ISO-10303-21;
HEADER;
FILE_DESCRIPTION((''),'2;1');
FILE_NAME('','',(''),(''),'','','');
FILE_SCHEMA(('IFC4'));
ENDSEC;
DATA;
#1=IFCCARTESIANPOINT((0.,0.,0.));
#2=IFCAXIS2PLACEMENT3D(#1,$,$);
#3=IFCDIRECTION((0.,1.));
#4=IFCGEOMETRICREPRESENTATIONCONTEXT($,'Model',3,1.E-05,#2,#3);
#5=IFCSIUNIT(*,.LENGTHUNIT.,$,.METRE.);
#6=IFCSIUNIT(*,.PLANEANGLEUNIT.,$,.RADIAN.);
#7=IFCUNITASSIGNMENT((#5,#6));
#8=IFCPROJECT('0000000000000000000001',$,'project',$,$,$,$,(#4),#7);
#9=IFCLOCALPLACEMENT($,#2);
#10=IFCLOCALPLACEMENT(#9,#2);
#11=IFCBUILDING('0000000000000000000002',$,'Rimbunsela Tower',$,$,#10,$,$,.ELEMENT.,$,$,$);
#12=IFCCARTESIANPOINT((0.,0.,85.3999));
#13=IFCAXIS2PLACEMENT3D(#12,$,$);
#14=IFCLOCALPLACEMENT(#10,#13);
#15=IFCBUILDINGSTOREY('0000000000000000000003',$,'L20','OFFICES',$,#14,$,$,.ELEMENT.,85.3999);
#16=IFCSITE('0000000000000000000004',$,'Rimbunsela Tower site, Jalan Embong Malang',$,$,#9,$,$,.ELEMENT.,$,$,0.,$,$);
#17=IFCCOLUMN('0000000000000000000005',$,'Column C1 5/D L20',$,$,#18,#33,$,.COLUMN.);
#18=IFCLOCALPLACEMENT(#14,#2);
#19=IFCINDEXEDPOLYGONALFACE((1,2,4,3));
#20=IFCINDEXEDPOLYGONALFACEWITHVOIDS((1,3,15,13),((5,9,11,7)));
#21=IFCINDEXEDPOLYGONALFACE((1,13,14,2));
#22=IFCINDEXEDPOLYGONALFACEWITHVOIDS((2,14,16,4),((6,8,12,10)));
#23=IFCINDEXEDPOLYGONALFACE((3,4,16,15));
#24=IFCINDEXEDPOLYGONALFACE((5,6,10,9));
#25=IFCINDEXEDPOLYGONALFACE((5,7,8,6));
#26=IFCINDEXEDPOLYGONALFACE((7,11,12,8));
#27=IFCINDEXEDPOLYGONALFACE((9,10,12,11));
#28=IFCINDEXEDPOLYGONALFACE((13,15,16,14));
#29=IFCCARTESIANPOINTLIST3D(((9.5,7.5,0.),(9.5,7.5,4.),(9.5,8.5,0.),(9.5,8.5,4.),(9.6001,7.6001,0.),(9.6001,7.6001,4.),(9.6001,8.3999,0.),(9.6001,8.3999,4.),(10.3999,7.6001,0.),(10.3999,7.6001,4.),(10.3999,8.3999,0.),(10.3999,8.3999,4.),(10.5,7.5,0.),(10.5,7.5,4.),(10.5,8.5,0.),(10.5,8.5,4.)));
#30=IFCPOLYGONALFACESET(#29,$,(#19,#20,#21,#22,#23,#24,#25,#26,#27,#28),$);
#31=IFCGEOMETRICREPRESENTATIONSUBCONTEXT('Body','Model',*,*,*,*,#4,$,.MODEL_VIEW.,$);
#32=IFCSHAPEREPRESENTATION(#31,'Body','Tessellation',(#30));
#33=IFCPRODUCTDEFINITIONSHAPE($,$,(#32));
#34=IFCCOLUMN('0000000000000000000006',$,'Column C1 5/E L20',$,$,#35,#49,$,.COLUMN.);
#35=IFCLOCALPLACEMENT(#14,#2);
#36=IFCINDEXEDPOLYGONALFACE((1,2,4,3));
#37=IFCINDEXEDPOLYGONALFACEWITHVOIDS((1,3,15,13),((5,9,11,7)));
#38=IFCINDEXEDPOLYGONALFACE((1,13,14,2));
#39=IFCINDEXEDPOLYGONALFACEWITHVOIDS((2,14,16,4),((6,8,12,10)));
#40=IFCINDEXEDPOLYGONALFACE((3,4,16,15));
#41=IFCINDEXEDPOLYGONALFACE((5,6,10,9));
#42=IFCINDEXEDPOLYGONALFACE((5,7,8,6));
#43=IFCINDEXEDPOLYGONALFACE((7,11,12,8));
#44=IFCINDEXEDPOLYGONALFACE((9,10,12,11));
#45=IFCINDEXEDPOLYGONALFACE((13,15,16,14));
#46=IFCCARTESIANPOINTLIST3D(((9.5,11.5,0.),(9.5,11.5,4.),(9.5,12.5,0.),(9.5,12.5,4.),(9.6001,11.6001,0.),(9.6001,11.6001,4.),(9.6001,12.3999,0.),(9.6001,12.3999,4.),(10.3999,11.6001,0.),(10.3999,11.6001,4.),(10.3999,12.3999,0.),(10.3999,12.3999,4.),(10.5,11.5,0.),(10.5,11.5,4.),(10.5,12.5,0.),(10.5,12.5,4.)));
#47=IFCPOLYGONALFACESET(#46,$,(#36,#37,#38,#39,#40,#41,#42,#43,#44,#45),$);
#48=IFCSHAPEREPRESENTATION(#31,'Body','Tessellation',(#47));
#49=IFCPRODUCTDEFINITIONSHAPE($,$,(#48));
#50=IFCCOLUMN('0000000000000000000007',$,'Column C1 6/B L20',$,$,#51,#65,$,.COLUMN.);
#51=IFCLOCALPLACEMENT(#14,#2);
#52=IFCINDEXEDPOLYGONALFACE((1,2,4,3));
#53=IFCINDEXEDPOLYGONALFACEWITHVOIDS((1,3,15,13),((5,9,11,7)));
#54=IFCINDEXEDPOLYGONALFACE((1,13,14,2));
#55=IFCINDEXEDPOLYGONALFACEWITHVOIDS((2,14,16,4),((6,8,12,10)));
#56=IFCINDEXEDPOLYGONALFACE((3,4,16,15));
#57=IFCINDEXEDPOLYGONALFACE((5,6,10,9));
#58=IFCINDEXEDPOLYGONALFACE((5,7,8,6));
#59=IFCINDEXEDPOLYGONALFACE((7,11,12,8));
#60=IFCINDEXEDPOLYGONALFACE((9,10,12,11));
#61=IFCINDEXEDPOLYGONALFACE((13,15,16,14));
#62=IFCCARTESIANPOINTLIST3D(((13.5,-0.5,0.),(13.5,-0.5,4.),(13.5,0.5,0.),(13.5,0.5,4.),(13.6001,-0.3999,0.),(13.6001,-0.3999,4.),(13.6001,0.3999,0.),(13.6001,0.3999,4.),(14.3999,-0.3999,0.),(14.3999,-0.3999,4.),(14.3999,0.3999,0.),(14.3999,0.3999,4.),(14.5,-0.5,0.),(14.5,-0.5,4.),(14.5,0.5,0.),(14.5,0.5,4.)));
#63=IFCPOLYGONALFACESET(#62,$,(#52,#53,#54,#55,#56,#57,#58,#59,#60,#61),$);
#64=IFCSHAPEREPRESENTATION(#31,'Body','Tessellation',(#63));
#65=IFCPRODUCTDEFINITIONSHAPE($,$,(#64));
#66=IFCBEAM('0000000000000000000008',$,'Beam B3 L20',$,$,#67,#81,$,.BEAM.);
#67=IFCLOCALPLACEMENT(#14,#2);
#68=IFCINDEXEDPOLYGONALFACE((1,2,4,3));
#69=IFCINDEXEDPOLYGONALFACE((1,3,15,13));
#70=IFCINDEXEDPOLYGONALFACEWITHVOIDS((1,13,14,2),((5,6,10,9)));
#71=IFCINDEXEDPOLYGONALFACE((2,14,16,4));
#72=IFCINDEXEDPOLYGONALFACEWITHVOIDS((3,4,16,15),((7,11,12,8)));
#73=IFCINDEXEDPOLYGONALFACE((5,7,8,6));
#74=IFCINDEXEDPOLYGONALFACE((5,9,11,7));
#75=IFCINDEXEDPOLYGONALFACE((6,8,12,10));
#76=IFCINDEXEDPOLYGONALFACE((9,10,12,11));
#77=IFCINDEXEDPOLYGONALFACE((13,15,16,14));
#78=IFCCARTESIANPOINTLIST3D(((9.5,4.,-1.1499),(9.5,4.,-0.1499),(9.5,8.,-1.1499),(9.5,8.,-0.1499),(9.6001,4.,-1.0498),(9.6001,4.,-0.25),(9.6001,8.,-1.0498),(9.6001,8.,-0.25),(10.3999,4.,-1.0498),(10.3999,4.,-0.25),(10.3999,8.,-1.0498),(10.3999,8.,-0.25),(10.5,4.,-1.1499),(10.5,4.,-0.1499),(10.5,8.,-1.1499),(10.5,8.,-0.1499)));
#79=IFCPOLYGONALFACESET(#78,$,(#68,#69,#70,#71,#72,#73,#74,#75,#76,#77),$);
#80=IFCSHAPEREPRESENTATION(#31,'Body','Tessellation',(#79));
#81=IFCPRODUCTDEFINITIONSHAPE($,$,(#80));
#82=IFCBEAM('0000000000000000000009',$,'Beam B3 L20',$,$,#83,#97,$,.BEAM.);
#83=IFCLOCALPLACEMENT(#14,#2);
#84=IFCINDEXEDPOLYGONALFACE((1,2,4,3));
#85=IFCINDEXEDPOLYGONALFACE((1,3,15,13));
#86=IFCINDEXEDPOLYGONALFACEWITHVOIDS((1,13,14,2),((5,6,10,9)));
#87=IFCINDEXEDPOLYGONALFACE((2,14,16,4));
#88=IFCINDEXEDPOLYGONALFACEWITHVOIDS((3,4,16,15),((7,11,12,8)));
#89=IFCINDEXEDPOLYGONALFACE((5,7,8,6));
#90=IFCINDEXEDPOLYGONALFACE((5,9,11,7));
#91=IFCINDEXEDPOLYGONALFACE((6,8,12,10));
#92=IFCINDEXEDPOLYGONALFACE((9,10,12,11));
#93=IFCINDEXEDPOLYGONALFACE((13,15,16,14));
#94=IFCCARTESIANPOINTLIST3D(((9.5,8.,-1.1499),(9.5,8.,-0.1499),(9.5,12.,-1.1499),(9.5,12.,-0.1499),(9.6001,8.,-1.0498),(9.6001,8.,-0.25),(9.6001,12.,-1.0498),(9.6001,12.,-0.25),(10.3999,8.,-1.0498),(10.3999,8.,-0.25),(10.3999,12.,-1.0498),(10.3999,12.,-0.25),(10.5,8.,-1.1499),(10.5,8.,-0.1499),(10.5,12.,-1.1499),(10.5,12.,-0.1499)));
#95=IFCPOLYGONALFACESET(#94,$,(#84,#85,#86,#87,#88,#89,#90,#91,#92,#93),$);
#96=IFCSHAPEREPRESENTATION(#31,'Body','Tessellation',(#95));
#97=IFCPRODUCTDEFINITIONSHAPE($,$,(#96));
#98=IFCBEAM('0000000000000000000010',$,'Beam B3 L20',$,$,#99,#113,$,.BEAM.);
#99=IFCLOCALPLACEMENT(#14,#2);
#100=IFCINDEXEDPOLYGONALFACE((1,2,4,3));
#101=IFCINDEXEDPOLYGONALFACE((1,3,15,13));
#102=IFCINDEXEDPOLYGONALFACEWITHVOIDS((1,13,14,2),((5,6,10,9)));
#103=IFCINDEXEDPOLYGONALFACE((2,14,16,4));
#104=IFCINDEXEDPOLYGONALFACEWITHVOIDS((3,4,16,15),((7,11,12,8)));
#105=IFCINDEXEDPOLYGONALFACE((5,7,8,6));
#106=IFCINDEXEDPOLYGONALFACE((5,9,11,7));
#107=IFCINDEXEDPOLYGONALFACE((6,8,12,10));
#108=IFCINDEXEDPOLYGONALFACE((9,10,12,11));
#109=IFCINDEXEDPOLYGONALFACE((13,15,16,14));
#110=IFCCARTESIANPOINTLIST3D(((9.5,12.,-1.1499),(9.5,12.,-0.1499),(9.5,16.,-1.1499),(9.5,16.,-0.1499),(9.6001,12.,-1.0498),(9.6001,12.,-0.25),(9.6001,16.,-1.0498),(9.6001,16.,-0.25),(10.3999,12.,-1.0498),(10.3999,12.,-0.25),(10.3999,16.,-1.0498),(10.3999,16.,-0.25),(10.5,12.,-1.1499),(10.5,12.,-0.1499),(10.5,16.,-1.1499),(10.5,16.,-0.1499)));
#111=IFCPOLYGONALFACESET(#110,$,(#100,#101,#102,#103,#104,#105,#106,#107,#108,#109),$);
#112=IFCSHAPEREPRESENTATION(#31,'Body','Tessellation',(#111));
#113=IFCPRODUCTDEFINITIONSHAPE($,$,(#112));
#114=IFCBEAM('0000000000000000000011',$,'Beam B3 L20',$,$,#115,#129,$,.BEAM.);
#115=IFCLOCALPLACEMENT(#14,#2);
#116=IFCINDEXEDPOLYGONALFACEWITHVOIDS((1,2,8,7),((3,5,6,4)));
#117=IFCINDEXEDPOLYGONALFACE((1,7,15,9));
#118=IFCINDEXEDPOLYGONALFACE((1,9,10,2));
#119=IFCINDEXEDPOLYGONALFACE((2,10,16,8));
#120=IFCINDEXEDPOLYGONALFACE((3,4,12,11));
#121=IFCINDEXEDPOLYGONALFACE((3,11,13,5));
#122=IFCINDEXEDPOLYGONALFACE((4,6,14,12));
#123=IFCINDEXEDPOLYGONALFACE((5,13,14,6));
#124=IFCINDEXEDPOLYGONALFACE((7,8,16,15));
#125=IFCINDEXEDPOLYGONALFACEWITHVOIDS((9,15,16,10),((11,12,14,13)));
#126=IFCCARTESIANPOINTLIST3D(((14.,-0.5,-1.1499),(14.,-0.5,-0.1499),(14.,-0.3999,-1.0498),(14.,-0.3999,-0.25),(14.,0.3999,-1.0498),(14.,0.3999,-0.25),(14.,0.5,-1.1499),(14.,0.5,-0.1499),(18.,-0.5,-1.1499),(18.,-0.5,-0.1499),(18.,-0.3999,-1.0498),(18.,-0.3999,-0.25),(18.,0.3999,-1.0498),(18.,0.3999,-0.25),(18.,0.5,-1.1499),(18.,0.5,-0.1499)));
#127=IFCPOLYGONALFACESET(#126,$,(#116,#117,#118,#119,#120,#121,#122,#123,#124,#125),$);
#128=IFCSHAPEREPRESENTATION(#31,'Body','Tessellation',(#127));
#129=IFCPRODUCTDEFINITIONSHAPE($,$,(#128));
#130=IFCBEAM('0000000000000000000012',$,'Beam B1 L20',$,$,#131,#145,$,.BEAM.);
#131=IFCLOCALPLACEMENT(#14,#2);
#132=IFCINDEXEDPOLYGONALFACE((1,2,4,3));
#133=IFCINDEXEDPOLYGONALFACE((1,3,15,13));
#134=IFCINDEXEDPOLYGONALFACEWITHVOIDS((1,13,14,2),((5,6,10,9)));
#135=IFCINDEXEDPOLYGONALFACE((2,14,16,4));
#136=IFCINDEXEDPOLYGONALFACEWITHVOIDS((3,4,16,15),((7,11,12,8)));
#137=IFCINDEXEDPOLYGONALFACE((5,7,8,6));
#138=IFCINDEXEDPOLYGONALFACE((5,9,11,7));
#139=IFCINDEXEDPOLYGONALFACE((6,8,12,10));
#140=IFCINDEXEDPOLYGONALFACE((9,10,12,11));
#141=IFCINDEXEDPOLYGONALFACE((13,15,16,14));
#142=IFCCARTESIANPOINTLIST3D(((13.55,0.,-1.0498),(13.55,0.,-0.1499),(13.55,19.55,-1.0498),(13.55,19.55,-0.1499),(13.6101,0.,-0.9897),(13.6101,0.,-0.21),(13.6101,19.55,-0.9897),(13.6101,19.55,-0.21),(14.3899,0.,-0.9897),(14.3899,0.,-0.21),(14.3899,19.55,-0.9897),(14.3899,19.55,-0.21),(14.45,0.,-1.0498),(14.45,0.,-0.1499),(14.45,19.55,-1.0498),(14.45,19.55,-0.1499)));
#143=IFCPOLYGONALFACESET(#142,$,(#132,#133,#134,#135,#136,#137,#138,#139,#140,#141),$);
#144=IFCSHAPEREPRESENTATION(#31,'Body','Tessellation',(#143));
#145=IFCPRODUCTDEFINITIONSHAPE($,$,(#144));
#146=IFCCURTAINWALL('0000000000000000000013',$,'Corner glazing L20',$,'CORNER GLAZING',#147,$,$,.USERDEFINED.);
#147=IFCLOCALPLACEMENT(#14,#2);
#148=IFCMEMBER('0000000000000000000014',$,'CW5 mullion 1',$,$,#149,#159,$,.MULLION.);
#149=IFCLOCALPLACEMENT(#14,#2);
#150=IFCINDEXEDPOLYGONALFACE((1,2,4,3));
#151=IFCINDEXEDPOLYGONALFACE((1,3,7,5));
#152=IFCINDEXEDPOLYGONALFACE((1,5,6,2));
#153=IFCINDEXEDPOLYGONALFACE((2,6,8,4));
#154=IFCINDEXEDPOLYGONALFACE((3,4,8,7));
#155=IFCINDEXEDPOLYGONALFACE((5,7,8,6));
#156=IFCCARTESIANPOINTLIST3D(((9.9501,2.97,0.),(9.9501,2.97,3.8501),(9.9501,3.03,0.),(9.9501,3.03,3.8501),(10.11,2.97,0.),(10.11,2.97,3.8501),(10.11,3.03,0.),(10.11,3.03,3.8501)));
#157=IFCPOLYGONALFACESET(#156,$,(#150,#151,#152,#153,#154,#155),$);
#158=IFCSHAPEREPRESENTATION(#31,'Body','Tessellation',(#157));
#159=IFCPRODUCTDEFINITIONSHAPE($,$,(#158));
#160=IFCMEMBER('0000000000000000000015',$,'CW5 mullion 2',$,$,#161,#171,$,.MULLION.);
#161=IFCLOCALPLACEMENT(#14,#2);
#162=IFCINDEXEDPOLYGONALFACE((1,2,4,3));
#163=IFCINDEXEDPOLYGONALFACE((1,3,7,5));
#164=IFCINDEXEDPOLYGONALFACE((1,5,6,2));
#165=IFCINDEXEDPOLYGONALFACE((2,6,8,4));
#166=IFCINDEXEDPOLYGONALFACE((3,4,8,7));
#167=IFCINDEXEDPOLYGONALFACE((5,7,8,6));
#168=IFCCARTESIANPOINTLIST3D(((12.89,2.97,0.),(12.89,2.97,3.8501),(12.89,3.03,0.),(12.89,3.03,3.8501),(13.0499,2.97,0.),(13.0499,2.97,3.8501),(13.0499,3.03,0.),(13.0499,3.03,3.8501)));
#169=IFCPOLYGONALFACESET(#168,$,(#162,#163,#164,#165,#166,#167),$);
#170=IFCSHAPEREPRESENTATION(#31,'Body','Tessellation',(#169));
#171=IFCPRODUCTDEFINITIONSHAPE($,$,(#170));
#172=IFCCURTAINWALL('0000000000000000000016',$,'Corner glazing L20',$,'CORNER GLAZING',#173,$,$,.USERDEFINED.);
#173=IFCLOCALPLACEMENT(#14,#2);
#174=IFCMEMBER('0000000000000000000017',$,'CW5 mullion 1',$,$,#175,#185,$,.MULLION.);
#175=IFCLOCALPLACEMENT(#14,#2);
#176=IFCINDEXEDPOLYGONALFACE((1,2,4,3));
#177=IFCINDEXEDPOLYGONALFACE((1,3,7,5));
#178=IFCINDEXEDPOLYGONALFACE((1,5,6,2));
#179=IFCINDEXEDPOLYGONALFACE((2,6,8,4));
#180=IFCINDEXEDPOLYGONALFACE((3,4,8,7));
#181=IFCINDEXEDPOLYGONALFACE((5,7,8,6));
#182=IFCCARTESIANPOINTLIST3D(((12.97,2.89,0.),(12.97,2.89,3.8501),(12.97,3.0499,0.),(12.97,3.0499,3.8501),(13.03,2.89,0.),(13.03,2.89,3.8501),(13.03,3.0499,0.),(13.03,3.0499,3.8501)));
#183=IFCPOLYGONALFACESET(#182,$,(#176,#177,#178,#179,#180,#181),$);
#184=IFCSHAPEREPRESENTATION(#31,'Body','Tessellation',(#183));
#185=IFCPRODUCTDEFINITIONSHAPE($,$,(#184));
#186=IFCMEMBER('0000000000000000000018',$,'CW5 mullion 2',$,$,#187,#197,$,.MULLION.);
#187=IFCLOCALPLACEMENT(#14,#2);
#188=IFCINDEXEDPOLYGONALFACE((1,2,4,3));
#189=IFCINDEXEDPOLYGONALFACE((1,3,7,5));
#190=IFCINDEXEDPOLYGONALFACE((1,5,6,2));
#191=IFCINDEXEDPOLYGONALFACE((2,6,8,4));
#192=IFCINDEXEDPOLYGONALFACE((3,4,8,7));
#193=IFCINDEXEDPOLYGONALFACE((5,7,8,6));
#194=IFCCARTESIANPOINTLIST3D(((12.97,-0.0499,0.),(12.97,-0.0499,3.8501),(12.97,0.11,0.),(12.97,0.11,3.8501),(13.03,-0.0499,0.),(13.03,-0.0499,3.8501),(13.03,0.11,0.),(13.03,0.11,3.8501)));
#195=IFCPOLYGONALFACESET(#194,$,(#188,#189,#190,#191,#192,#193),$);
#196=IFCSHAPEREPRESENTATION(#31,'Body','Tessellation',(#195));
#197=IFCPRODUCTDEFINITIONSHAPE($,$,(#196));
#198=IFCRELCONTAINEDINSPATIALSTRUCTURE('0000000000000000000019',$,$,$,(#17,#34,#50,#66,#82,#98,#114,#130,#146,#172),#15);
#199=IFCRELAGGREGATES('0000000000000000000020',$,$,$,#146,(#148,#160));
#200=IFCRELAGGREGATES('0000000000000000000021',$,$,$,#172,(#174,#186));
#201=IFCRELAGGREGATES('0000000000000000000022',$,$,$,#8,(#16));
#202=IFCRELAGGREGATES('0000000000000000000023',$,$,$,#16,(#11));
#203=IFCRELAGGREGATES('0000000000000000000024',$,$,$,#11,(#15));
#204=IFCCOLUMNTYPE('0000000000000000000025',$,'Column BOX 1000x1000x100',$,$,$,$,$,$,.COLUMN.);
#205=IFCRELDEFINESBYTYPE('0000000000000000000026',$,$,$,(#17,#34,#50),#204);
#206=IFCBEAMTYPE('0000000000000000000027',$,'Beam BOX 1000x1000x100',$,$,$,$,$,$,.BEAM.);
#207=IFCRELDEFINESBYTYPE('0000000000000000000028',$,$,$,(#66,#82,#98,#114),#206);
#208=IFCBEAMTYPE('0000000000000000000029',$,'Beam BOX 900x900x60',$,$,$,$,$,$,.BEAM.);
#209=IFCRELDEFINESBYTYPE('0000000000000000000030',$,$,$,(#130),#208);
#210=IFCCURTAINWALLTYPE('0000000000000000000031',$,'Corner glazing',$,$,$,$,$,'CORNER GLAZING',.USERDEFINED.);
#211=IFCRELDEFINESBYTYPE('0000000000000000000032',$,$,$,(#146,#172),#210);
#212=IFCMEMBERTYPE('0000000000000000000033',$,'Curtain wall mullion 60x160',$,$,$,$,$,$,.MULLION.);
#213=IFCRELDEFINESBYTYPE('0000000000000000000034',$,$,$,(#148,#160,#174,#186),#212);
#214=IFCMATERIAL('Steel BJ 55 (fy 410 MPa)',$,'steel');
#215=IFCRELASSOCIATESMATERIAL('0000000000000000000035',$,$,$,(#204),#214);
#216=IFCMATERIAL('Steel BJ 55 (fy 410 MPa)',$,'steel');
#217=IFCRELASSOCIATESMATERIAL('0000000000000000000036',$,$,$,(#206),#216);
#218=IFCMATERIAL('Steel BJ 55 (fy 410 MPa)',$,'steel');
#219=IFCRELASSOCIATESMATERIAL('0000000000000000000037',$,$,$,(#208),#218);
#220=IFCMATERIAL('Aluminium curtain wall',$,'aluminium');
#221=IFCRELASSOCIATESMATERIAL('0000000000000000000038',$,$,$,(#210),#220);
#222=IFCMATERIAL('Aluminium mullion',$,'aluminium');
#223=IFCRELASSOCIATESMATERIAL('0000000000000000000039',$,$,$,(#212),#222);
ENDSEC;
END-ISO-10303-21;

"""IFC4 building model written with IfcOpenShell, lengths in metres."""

from ifc_helpers import new_model, si_unit, direction, frame, origin, origin_2d, place, context, subcontext, project, spatial, rectangle, hollow_rectangle, extrude, material, material_profile, profile_set, type_object, element, aggregate, save


model = new_model("IFC4")

# Units and contexts
model_context = context("Model", 3, precision=1e-05, world=origin(), true_north=direction((0.0, 1.0)))
body_context = subcontext(model_context, "Body", "Model", "MODEL_VIEW")
ifc_project = project(units=[si_unit("LENGTHUNIT", "METRE"), si_unit("PLANEANGLEUNIT", "RADIAN")], contexts=[model_context])

# Site, building, storey
site_placement = place(None, origin())
site = spatial("IfcSite", under=ifc_project, at=site_placement, Name="Rimbunsela Tower site, Jalan Embong Malang", CompositionType="ELEMENT", RefElevation=0.0)
building_placement = place(site_placement, origin())
building = spatial("IfcBuilding", under=site, at=building_placement, Name="Rimbunsela Tower", CompositionType="ELEMENT")
storey_placement = place(building_placement, frame((0.0, 0.0, 85.3999)))
storey = spatial("IfcBuildingStorey", under=building, at=storey_placement, Name="L20", Description="OFFICES", CompositionType="ELEMENT", Elevation=85.3999)

# Columns
ifc_material_1 = material(Name="Steel BJ 55 (fy 410 MPa)", Category="steel")
ifc_material_profile_1 = material_profile(ifc_material_1, hollow_rectangle(XDim=1.0, YDim=1.0, WallThickness=0.1001, at=origin_2d()), Name="BOX 1000x1000x100")
ifc_profile_set_1 = profile_set([ifc_material_profile_1], Name="Steel BJ 55 (fy 410 MPa)")
column_type = type_object("IfcColumnType", Name="Column BOX 1000x1000x100", PredefinedType="COLUMN", material=ifc_profile_set_1)
for number, where, z_axis, x_axis, name in (
    (1, (10.0, 8.0, 0.0), (0.0, 0.0, 1.0), (1.0, 0.0, 0.0), "Column C1 5/D L20"),
    (2, (10.0, 12.0, 0.0), (0.0, 0.0, 1.0), (1.0, 0.0, 0.0), "Column C1 5/E L20"),
    (3, (14.0, 0.0, 0.0), (0.0, 0.0, 1.0), (1.0, 0.0, 0.0), "Column C1 6/B L20"),
):
    element("IfcColumn", number, at=place(storey_placement, frame(where, z_axis=z_axis, x_axis=x_axis)), inside=storey, type_object=column_type, Name=name, PredefinedType="COLUMN", context=body_context, shape_type="SweptSolid", body=[
        extrude(hollow_rectangle(XDim=1.0, YDim=1.0, WallThickness=0.1001, at=origin_2d()), origin(), (0.0, 0.0, 1.0), 4.0),
    ])

# Beams
ifc_material_2 = material(Name="Steel BJ 55 (fy 410 MPa)", Category="steel")
ifc_material_profile_2 = material_profile(ifc_material_2, hollow_rectangle(XDim=1.0, YDim=1.0, WallThickness=0.1001, at=origin_2d()), Name="BOX 1000x1000x100")
ifc_profile_set_2 = profile_set([ifc_material_profile_2], Name="Steel BJ 55 (fy 410 MPa)")
beam_type_1 = type_object("IfcBeamType", Name="Beam BOX 1000x1000x100", PredefinedType="BEAM", material=ifc_profile_set_2)
for number, where, z_axis, x_axis, name in (
    (4, (10.0, 4.0, -0.6499), (0.0, 1.0, 0.0), (-1.0, 0.0, 0.0), "Beam B3 L20"),
    (5, (10.0, 8.0, -0.6499), (0.0, 1.0, 0.0), (-1.0, 0.0, 0.0), "Beam B3 L20"),
    (6, (10.0, 12.0, -0.6499), (0.0, 1.0, 0.0), (-1.0, 0.0, 0.0), "Beam B3 L20"),
    (7, (14.0, 0.0, -0.6499), (1.0, 0.0, 0.0), (0.0, 1.0, 0.0), "Beam B3 L20"),
):
    element("IfcBeam", number, at=place(storey_placement, frame(where, z_axis=z_axis, x_axis=x_axis)), inside=storey, type_object=beam_type_1, Name=name, PredefinedType="BEAM", context=body_context, shape_type="SweptSolid", body=[
        extrude(hollow_rectangle(XDim=1.0, YDim=1.0, WallThickness=0.1001, at=origin_2d()), origin(), (0.0, 0.0, 1.0), 4.0),
    ])
ifc_material_3 = material(Name="Steel BJ 55 (fy 410 MPa)", Category="steel")
ifc_material_profile_3 = material_profile(ifc_material_3, hollow_rectangle(XDim=0.8999, YDim=0.8999, WallThickness=0.0601, at=origin_2d()), Name="BOX 900x900x60")
ifc_profile_set_3 = profile_set([ifc_material_profile_3], Name="Steel BJ 55 (fy 410 MPa)")
beam_type_2 = type_object("IfcBeamType", Name="Beam BOX 900x900x60", PredefinedType="BEAM", material=ifc_profile_set_3)
beam_placement = place(storey_placement, frame((14.0, 0.0, -0.5999), z_axis=(0.0, 1.0, 0.0), x_axis=(-1.0, 0.0, 0.0)))
element("IfcBeam", 8, at=beam_placement, inside=storey, type_object=beam_type_2, Name="Beam B1 L20", PredefinedType="BEAM", context=body_context, shape_type="SweptSolid", body=[
    extrude(hollow_rectangle(XDim=0.8999, YDim=0.8999, WallThickness=0.0601, at=origin_2d()), origin(), (0.0, 0.0, 1.0), 19.55),
])

# Curtain walls, members
ifc_material_4 = material(Name="Aluminium curtain wall", Category="aluminium")
curtain_wall_type = type_object("IfcCurtainWallType", Name="Corner glazing", ElementType="CORNER GLAZING", PredefinedType="USERDEFINED", material=ifc_material_4)
curtain_wall_1_placement = place(storey_placement, origin())
curtain_wall_1 = element("IfcCurtainWall", 9, at=curtain_wall_1_placement, inside=storey, type_object=curtain_wall_type, Name="Corner glazing L20", ObjectType="CORNER GLAZING", PredefinedType="USERDEFINED")
ifc_material_5 = material(Name="Aluminium mullion", Category="aluminium")
ifc_material_profile_4 = material_profile(ifc_material_5, rectangle(XDim=0.0601, YDim=0.1599, at=origin_2d()), Name="Mullion 60x160")
ifc_profile_set_4 = profile_set([ifc_material_profile_4], Name="Aluminium mullion")
member_type_1 = type_object("IfcMemberType", Name="Curtain wall mullion 60x160", PredefinedType="MULLION", material=ifc_profile_set_4)
member_1_placement = place(storey_placement, frame((10.03, 3.0, 0.0), z_axis=(0.0, 0.0, 1.0), x_axis=(0.0, 1.0, 0.0)))
member_1 = element("IfcMember", 10, at=member_1_placement, type_object=member_type_1, Name="CW5 mullion 1", PredefinedType="MULLION", context=body_context, shape_type="SweptSolid", body=[
    extrude(rectangle(XDim=0.0601, YDim=0.1599, at=origin_2d()), origin(), (0.0, 0.0, 1.0), 3.8501),
])
member_2_placement = place(storey_placement, frame((12.97, 3.0, 0.0), z_axis=(0.0, 0.0, 1.0), x_axis=(0.0, 1.0, 0.0)))
member_2 = element("IfcMember", 11, at=member_2_placement, type_object=member_type_1, Name="CW5 mullion 2", PredefinedType="MULLION", context=body_context, shape_type="SweptSolid", body=[
    extrude(rectangle(XDim=0.0601, YDim=0.1599, at=origin_2d()), origin(), (0.0, 0.0, 1.0), 3.8501),
])
curtain_wall_2_placement = place(storey_placement, origin())
curtain_wall_2 = element("IfcCurtainWall", 12, at=curtain_wall_2_placement, inside=storey, type_object=curtain_wall_type, Name="Corner glazing L20", ObjectType="CORNER GLAZING", PredefinedType="USERDEFINED")
member_3_placement = place(storey_placement, frame((13.0, 2.97, 0.0), z_axis=(0.0, 0.0, 1.0), x_axis=(1.0, 0.0, 0.0)))
member_3 = element("IfcMember", 13, at=member_3_placement, type_object=member_type_1, Name="CW5 mullion 1", PredefinedType="MULLION", context=body_context, shape_type="SweptSolid", body=[
    extrude(rectangle(XDim=0.0601, YDim=0.1599, at=origin_2d()), origin(), (0.0, 0.0, 1.0), 3.8501),
])
member_4_placement = place(storey_placement, frame((13.0, 0.03, 0.0), z_axis=(0.0, 0.0, 1.0), x_axis=(1.0, 0.0, 0.0)))
member_4 = element("IfcMember", 14, at=member_4_placement, type_object=member_type_1, Name="CW5 mullion 2", PredefinedType="MULLION", context=body_context, shape_type="SweptSolid", body=[
    extrude(rectangle(XDim=0.0601, YDim=0.1599, at=origin_2d()), origin(), (0.0, 0.0, 1.0), 3.8501),
])

aggregate(curtain_wall_1, [member_1, member_2])
aggregate(curtain_wall_2, [member_3, member_4])

save(model, "model.ifc")
